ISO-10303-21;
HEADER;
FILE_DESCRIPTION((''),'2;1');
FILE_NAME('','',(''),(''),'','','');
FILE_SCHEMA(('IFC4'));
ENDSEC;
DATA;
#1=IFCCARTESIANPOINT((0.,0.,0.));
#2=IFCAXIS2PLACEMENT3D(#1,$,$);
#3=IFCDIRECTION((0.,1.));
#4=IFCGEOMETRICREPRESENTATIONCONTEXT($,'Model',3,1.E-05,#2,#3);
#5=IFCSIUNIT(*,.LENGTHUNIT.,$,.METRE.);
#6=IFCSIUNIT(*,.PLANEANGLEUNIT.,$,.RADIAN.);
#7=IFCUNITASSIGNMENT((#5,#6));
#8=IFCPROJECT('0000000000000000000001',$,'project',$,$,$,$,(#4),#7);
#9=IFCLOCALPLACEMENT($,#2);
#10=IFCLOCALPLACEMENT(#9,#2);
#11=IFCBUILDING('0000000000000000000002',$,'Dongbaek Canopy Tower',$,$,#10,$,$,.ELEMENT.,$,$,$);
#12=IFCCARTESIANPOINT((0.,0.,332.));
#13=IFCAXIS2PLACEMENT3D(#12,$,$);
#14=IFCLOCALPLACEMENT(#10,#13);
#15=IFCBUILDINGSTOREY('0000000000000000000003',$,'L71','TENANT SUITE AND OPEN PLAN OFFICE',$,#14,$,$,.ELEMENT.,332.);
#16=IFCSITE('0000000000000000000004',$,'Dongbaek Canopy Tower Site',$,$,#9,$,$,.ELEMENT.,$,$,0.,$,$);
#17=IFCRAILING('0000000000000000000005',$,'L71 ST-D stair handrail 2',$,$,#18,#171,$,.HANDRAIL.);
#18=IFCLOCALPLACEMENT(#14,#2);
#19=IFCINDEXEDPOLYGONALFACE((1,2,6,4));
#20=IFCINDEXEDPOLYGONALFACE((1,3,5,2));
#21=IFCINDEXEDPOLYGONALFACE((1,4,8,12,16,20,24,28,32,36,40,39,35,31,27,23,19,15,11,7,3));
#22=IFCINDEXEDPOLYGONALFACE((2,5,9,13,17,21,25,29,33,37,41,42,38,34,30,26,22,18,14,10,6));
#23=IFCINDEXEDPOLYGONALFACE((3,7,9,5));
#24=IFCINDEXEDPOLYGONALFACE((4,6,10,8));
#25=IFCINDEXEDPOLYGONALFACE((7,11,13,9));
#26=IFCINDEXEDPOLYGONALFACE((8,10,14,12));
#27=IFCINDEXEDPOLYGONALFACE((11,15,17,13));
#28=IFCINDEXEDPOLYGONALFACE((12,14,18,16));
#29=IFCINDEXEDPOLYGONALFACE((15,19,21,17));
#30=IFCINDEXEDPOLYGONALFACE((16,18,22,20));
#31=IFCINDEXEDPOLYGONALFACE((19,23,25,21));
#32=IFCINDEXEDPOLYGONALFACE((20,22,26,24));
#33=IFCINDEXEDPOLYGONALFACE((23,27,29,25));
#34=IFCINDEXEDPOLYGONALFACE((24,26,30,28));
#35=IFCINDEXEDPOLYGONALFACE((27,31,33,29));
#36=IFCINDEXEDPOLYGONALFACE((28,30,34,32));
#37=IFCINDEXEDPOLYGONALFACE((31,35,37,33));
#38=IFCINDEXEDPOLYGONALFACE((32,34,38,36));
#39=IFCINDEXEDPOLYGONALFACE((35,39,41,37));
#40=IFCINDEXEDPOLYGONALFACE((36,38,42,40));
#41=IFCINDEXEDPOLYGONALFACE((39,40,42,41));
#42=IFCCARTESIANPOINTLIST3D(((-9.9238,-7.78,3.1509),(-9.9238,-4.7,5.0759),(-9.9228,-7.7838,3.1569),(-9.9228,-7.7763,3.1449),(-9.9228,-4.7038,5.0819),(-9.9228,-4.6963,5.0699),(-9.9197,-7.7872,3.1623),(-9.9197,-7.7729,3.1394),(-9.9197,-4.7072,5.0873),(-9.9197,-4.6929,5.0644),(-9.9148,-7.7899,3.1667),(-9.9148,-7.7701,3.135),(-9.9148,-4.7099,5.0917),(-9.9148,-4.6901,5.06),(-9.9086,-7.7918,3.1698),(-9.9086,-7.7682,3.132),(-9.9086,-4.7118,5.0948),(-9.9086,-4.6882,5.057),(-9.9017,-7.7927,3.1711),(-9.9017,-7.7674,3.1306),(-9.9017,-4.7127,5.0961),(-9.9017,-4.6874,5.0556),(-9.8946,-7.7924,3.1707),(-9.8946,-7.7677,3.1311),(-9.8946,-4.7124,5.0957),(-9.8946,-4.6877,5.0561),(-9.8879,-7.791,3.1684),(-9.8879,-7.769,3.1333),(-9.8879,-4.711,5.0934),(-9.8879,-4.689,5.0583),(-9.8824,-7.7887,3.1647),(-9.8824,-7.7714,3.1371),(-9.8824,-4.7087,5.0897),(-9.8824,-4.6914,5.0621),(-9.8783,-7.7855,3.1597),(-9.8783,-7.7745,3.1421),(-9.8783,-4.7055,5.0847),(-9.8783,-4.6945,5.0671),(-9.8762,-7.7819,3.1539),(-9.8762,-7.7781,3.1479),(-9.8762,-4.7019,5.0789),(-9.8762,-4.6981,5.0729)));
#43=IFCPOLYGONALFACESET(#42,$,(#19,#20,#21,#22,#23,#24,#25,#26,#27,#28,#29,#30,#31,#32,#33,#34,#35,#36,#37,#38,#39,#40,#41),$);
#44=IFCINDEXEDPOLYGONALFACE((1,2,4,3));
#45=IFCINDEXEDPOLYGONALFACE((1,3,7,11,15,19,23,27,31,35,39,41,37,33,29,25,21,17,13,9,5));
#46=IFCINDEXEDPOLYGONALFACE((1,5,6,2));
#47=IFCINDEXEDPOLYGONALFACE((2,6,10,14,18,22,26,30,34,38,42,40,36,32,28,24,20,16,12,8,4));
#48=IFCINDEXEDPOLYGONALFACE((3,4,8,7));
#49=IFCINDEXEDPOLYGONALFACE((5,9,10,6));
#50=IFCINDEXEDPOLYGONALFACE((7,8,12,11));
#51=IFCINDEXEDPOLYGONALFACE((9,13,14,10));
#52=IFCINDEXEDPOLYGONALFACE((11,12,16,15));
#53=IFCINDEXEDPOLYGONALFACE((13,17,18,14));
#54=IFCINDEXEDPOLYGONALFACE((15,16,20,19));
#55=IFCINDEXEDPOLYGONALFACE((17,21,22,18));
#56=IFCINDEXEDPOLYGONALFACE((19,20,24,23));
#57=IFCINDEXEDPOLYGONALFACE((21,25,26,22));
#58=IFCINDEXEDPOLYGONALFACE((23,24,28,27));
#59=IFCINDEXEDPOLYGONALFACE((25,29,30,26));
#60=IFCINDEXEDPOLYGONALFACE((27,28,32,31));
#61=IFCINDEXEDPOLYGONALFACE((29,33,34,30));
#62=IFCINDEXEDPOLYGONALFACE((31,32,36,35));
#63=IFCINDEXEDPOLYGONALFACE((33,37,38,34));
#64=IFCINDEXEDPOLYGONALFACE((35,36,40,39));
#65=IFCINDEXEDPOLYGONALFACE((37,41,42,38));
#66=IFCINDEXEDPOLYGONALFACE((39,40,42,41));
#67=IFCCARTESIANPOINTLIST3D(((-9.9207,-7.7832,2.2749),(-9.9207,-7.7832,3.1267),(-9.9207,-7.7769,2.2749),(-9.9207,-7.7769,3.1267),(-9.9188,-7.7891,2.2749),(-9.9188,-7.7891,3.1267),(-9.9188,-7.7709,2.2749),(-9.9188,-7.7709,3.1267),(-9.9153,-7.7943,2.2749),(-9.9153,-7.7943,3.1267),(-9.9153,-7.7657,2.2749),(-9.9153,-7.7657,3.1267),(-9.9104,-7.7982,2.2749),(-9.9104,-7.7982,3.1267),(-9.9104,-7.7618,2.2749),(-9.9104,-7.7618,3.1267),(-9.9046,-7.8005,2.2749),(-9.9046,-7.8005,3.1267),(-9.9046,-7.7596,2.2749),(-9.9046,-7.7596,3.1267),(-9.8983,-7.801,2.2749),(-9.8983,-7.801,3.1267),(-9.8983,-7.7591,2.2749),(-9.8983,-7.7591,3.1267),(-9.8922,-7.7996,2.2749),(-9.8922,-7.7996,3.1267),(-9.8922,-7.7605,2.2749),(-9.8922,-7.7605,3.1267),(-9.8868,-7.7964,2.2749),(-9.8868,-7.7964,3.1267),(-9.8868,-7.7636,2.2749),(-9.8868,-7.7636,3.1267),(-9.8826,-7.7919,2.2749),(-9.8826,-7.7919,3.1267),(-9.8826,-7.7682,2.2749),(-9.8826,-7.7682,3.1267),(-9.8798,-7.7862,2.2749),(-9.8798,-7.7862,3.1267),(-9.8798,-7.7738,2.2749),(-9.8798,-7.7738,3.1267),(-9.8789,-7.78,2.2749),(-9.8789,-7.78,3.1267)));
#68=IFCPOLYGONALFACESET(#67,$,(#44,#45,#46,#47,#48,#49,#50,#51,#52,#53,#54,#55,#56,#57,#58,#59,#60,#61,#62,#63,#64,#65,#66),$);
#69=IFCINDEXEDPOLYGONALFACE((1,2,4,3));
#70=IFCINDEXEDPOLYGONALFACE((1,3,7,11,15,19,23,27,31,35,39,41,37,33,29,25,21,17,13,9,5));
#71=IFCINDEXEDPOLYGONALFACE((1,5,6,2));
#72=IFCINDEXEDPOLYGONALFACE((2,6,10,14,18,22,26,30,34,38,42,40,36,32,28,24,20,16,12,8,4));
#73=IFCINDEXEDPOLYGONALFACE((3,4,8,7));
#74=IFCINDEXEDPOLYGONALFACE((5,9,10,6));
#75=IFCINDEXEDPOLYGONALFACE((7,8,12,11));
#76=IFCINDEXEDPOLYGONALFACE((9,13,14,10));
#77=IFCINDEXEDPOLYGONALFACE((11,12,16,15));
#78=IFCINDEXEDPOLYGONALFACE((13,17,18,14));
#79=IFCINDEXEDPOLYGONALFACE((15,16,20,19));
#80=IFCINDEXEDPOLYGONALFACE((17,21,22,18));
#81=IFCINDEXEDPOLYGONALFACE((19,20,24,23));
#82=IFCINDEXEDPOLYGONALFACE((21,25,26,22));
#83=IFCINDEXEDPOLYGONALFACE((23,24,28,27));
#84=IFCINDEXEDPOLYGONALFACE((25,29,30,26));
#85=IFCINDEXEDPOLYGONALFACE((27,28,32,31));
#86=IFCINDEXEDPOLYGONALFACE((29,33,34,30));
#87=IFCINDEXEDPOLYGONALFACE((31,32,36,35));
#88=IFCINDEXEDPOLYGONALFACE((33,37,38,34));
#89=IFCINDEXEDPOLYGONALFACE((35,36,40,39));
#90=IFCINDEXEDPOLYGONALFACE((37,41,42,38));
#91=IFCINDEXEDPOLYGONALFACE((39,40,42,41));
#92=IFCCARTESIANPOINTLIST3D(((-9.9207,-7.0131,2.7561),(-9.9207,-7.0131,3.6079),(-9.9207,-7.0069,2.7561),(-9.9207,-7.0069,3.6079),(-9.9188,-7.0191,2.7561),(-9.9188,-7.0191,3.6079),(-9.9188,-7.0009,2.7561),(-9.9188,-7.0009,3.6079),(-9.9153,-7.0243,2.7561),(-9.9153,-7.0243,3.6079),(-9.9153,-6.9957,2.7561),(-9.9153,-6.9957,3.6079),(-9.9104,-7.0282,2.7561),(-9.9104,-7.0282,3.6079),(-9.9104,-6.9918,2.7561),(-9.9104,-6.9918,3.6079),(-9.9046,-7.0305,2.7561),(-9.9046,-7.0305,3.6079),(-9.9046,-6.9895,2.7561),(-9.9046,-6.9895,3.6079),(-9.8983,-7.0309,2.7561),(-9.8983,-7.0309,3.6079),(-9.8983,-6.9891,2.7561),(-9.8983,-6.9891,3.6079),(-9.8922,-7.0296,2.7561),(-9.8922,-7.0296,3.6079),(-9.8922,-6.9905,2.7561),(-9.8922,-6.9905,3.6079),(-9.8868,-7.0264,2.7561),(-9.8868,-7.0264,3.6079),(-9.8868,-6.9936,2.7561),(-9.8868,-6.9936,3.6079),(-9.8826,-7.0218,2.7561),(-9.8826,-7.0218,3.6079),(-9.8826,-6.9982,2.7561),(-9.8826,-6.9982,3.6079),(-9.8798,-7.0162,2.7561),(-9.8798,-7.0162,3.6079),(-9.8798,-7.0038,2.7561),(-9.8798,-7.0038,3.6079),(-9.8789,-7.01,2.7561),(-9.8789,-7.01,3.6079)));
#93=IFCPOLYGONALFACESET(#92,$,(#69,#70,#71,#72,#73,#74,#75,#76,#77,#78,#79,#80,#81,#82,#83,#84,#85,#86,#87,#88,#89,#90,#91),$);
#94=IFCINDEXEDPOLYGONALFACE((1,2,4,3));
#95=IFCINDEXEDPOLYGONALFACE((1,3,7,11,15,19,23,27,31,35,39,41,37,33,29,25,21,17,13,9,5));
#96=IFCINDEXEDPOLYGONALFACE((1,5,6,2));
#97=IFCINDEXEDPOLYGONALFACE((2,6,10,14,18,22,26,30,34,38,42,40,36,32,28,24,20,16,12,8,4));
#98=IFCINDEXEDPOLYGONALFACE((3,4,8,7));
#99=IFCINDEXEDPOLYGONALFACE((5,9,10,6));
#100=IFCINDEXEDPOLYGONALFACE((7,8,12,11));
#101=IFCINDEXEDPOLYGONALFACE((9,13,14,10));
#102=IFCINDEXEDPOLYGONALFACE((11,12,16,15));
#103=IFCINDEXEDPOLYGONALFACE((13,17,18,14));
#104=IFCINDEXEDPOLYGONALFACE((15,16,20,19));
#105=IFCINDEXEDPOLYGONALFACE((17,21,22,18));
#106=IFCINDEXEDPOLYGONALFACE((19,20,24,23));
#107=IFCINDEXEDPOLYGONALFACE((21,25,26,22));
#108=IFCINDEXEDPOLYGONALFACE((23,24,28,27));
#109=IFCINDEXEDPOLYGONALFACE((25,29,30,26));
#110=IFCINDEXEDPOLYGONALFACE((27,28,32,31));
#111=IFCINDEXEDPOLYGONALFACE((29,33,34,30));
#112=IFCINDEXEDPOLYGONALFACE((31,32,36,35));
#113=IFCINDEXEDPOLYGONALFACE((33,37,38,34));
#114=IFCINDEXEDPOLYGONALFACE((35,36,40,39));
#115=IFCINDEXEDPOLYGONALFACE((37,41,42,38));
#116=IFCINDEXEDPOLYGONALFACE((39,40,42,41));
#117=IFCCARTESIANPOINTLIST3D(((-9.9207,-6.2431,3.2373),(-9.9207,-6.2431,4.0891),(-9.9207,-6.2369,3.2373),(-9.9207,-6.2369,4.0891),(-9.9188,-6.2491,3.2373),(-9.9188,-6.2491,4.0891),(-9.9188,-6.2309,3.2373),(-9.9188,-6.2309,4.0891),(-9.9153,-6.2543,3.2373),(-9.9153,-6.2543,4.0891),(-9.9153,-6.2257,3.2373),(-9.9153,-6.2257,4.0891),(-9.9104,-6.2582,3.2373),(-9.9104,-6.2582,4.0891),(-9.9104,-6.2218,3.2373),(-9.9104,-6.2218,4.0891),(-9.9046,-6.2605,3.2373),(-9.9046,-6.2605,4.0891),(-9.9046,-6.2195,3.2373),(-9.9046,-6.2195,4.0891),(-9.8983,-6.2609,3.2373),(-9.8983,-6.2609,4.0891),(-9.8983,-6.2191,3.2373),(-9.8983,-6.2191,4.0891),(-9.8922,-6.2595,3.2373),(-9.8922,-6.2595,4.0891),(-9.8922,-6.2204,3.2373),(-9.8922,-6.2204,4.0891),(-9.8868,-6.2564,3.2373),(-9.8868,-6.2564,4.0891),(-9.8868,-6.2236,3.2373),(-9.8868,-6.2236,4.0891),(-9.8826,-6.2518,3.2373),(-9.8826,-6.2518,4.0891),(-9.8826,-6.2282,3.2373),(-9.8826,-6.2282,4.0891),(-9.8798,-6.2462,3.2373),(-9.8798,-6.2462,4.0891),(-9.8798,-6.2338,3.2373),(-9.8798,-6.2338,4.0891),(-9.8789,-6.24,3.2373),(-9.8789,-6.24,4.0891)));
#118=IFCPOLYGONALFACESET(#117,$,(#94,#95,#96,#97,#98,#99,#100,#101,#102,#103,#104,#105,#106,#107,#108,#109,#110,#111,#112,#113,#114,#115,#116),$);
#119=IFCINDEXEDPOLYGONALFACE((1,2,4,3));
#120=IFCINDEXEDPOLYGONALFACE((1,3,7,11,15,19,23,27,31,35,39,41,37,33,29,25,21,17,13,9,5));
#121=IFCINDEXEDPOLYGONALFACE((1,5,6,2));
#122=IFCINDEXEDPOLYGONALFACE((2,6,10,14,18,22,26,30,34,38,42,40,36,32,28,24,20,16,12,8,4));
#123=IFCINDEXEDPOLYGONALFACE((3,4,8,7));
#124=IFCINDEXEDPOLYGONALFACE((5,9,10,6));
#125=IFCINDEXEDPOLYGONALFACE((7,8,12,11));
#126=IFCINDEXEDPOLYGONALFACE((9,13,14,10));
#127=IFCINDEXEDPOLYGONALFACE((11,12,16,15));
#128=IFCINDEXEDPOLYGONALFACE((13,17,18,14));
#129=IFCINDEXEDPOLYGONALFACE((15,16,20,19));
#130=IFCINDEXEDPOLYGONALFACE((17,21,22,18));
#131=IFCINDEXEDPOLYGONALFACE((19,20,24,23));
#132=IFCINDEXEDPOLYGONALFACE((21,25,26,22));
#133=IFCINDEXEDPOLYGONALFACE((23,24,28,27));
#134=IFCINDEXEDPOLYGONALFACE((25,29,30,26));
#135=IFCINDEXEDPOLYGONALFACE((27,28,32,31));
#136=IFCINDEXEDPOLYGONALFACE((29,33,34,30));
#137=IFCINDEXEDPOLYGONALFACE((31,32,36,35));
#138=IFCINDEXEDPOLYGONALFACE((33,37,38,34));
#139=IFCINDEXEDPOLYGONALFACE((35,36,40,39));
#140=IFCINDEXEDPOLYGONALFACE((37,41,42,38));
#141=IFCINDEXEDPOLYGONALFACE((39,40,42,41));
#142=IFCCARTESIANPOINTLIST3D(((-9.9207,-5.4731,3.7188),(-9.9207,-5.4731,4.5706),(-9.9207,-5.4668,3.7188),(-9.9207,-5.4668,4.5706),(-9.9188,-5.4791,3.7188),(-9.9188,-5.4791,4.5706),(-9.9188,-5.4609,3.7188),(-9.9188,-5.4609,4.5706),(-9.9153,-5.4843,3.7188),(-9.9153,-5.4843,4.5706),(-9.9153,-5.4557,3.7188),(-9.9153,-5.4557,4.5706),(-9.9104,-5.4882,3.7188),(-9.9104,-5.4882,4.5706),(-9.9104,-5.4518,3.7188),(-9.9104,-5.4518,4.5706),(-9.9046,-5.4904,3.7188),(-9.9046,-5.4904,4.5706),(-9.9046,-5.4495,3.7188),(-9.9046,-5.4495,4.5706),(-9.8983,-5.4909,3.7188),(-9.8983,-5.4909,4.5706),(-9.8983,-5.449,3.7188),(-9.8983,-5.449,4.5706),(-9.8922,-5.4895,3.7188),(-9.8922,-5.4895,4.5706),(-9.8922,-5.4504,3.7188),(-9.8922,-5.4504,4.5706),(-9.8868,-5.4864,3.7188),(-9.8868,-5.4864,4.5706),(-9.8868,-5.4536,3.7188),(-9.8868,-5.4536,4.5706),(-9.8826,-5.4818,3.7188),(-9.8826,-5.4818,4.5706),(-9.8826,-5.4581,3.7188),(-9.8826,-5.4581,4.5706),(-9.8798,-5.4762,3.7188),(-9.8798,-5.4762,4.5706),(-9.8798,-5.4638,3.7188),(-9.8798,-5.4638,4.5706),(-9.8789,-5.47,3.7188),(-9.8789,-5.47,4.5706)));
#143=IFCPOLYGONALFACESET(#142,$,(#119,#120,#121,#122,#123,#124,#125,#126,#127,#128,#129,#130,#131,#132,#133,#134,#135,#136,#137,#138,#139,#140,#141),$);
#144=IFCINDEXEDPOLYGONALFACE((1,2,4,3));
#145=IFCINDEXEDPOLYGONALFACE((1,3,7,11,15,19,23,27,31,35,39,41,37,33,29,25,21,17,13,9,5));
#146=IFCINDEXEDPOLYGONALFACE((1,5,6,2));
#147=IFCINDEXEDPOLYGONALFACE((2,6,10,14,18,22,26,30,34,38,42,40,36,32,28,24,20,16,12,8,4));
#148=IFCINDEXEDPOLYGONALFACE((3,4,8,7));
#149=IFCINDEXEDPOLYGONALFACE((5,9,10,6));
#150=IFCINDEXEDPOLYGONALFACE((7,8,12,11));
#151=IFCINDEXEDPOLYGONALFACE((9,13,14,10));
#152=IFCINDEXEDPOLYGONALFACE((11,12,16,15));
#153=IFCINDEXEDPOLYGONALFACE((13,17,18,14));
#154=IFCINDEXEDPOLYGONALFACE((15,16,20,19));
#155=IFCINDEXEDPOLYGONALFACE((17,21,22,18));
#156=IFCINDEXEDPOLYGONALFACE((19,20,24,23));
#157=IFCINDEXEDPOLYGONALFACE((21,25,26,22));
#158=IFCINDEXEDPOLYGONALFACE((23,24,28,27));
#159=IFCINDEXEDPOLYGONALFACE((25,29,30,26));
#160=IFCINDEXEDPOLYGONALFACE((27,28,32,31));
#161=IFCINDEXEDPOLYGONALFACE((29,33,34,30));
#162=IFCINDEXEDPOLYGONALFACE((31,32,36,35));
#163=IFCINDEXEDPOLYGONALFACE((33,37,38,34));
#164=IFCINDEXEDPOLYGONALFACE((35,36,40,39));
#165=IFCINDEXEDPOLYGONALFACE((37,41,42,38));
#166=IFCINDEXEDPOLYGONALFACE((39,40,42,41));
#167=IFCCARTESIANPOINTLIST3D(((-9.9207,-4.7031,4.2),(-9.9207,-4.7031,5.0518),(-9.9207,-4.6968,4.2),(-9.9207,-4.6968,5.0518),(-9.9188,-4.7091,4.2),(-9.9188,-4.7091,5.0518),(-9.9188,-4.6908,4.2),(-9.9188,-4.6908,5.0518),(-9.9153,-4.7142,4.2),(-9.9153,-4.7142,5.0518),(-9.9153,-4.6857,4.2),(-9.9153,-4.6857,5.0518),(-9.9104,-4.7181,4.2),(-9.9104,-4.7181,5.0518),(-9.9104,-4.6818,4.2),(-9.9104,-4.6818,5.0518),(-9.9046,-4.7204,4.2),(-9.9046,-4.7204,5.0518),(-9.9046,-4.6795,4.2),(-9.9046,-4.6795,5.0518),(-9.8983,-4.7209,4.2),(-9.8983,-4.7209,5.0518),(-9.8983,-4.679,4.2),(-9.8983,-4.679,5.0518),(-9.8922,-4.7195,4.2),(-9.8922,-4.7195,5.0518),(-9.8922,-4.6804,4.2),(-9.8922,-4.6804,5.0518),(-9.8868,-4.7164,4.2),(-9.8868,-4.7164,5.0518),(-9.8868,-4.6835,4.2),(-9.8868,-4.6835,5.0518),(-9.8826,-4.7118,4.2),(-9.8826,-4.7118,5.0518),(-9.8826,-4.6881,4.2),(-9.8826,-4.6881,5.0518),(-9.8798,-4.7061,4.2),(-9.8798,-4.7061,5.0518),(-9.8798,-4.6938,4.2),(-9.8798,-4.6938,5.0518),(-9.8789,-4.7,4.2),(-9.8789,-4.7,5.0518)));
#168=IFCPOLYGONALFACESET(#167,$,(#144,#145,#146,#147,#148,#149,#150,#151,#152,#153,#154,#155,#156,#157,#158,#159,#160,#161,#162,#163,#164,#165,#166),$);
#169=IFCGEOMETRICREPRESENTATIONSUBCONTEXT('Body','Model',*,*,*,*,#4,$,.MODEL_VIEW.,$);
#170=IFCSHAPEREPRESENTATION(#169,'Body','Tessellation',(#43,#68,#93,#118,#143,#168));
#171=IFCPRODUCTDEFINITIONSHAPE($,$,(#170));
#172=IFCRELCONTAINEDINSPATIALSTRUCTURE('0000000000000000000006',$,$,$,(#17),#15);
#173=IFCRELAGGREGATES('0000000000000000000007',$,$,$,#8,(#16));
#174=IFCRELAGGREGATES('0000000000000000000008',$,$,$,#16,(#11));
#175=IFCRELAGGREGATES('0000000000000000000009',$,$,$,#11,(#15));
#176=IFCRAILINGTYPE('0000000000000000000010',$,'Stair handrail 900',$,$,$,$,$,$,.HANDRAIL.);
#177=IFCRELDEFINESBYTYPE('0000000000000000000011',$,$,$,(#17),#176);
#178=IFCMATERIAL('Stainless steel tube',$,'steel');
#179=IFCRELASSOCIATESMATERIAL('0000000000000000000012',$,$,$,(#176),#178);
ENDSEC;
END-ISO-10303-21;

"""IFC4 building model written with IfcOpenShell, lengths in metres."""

from ifc_helpers import new_model, si_unit, direction, frame, origin, origin_2d, place, context, subcontext, project, spatial, circle, extrude, material, type_object, element, save


model = new_model("IFC4")

# Units and contexts
model_context = context("Model", 3, precision=1e-05, world=origin(), true_north=direction((0.0, 1.0)))
body_context = subcontext(model_context, "Body", "Model", "MODEL_VIEW")
ifc_project = project(units=[si_unit("LENGTHUNIT", "METRE"), si_unit("PLANEANGLEUNIT", "RADIAN")], contexts=[model_context])

# Site, building, storey
site_placement = place(None, origin())
site = spatial("IfcSite", under=ifc_project, at=site_placement, Name="Dongbaek Canopy Tower Site", CompositionType="ELEMENT", RefElevation=0.0)
building_placement = place(site_placement, origin())
building = spatial("IfcBuilding", under=site, at=building_placement, Name="Dongbaek Canopy Tower", CompositionType="ELEMENT")
storey_placement = place(building_placement, frame((0.0, 0.0, 332.0)))
storey = spatial("IfcBuildingStorey", under=building, at=storey_placement, Name="L71", Description="TENANT SUITE AND OPEN PLAN OFFICE", CompositionType="ELEMENT", Elevation=332.0)

# Railing
ifc_material_1 = material(Name="Stainless steel tube", Category="steel")
railing_type_1 = type_object("IfcRailingType", Name="Stair handrail 900", PredefinedType="HANDRAIL", material=ifc_material_1)
railing_1_placement = place(storey_placement, frame((-9.8999, -7.78, 2.2749)))
element("IfcRailing", 1, at=railing_1_placement, inside=storey, type_object=railing_type_1, Name="L71 ST-D stair handrail 2", PredefinedType="HANDRAIL", context=body_context, shape_type="SweptSolid", body=[
    extrude(circle(Radius=0.0239, at=origin_2d()), frame((0.0, 0.0, 0.876), z_axis=(0.0, 0.847998, 0.529999), x_axis=(-1.0, 0.0, 0.0)), (0.0, 0.0, 1.0), 3.6321),
    extrude(circle(Radius=0.021, at=origin_2d()), origin(), (0.0, 0.0, 1.0), 0.8518),
    extrude(circle(Radius=0.021, at=origin_2d()), frame((0.0, 0.77, 0.4812)), (0.0, 0.0, 1.0), 0.8518),
    extrude(circle(Radius=0.021, at=origin_2d()), frame((0.0, 1.54, 0.9624)), (0.0, 0.0, 1.0), 0.8518),
    extrude(circle(Radius=0.021, at=origin_2d()), frame((0.0, 2.3101, 1.4438)), (0.0, 0.0, 1.0), 0.8518),
    extrude(circle(Radius=0.021, at=origin_2d()), frame((0.0, 3.0801, 1.925)), (0.0, 0.0, 1.0), 0.8518),
])

save(model, "model.ifc")
